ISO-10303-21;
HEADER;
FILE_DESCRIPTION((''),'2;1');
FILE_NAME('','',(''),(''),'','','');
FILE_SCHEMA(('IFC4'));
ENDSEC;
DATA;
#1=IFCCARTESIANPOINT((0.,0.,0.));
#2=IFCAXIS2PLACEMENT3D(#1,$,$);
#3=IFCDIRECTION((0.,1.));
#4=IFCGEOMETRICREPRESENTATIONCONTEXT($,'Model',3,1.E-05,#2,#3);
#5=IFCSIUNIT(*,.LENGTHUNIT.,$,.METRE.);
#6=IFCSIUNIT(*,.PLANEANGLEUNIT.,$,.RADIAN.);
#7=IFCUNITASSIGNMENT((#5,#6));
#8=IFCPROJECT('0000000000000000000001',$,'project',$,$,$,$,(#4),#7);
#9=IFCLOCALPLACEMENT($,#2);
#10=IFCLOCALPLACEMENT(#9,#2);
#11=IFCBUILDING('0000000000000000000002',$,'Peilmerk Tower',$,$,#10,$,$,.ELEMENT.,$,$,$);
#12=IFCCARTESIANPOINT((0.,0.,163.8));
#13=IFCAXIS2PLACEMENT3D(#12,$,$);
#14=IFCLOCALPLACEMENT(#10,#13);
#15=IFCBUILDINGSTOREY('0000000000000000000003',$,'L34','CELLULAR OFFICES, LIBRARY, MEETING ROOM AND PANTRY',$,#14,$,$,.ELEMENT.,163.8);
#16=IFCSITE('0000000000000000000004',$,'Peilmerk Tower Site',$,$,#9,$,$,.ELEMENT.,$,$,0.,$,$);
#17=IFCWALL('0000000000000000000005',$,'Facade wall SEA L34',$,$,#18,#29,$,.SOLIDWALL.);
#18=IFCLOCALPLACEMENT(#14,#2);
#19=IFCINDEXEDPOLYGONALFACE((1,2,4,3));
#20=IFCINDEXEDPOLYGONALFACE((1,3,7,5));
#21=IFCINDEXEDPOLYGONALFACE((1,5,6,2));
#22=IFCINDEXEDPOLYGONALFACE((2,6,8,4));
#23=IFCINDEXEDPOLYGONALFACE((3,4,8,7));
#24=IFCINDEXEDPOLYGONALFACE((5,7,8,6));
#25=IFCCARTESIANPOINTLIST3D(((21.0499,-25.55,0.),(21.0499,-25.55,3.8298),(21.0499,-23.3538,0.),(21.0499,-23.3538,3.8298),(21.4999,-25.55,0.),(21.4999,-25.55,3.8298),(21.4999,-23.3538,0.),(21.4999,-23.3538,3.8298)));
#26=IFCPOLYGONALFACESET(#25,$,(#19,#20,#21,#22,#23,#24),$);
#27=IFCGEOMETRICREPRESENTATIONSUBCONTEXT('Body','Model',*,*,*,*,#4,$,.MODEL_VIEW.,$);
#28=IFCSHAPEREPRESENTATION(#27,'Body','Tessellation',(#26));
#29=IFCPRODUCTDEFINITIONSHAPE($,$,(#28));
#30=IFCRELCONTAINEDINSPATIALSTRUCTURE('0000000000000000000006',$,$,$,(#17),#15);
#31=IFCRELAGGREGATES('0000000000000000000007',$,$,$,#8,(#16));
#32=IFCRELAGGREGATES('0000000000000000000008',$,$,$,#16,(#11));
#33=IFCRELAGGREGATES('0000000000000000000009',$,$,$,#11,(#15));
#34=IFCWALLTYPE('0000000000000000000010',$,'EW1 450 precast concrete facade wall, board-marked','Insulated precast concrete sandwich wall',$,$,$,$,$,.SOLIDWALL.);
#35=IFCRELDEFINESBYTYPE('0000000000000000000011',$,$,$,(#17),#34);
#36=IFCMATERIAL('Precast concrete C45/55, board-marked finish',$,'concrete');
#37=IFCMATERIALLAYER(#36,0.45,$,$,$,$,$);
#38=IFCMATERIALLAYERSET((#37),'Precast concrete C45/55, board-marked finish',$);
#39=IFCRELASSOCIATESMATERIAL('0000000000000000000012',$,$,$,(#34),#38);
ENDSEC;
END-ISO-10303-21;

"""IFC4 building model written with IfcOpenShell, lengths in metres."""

from ifc_helpers import new_model, si_unit, direction, frame, frame_2d, origin, place, context, subcontext, project, spatial, rectangle, extrude, material, layer, layer_set, type_object, element, save


model = new_model("IFC4")

# Units and contexts
model_context = context("Model", 3, precision=1e-05, world=origin(), true_north=direction((0.0, 1.0)))
body_context = subcontext(model_context, "Body", "Model", "MODEL_VIEW")
ifc_project = project(units=[si_unit("LENGTHUNIT", "METRE"), si_unit("PLANEANGLEUNIT", "RADIAN")], contexts=[model_context])

# Site, building, storey
site_placement = place(None, origin())
site = spatial("IfcSite", under=ifc_project, at=site_placement, Name="Peilmerk Tower Site", CompositionType="ELEMENT", RefElevation=0.0)
building_placement = place(site_placement, origin())
building = spatial("IfcBuilding", under=site, at=building_placement, Name="Peilmerk Tower", CompositionType="ELEMENT")
storey_placement = place(building_placement, frame((0.0, 0.0, 163.8)))
storey = spatial("IfcBuildingStorey", under=building, at=storey_placement, Name="L34", Description="CELLULAR OFFICES, LIBRARY, MEETING ROOM AND PANTRY", CompositionType="ELEMENT", Elevation=163.8)

# Shared definitions
ifc_material_1 = material(Name="Precast concrete C45/55, board-marked finish", Category="concrete")
ifc_layer_1 = layer(ifc_material_1, 0.45)
ifc_layer_set_1 = layer_set([ifc_layer_1], Name="Precast concrete C45/55, board-marked finish")
wall_type = type_object("IfcWallType", Name="EW1 450 precast concrete facade wall, board-marked", Description="Insulated precast concrete sandwich wall", PredefinedType="SOLIDWALL", material=ifc_layer_set_1)

# Wall
wall_1_placement = place(storey_placement, frame((21.2749, -23.3538, 0.0), z_axis=(0.0, 0.0, 1.0), x_axis=(0.0, -1.0, 0.0)))
element("IfcWall", 1, at=wall_1_placement, inside=storey, type_object=wall_type, Name="Facade wall SEA L34", PredefinedType="SOLIDWALL", context=body_context, shape_type="SweptSolid", body=[
    extrude(rectangle(XDim=2.1963, YDim=0.45, at=frame_2d((1.0981, 0.0))), origin(), (0.0, 0.0, 1.0), 3.8298),
])

save(model, "model.ifc")
